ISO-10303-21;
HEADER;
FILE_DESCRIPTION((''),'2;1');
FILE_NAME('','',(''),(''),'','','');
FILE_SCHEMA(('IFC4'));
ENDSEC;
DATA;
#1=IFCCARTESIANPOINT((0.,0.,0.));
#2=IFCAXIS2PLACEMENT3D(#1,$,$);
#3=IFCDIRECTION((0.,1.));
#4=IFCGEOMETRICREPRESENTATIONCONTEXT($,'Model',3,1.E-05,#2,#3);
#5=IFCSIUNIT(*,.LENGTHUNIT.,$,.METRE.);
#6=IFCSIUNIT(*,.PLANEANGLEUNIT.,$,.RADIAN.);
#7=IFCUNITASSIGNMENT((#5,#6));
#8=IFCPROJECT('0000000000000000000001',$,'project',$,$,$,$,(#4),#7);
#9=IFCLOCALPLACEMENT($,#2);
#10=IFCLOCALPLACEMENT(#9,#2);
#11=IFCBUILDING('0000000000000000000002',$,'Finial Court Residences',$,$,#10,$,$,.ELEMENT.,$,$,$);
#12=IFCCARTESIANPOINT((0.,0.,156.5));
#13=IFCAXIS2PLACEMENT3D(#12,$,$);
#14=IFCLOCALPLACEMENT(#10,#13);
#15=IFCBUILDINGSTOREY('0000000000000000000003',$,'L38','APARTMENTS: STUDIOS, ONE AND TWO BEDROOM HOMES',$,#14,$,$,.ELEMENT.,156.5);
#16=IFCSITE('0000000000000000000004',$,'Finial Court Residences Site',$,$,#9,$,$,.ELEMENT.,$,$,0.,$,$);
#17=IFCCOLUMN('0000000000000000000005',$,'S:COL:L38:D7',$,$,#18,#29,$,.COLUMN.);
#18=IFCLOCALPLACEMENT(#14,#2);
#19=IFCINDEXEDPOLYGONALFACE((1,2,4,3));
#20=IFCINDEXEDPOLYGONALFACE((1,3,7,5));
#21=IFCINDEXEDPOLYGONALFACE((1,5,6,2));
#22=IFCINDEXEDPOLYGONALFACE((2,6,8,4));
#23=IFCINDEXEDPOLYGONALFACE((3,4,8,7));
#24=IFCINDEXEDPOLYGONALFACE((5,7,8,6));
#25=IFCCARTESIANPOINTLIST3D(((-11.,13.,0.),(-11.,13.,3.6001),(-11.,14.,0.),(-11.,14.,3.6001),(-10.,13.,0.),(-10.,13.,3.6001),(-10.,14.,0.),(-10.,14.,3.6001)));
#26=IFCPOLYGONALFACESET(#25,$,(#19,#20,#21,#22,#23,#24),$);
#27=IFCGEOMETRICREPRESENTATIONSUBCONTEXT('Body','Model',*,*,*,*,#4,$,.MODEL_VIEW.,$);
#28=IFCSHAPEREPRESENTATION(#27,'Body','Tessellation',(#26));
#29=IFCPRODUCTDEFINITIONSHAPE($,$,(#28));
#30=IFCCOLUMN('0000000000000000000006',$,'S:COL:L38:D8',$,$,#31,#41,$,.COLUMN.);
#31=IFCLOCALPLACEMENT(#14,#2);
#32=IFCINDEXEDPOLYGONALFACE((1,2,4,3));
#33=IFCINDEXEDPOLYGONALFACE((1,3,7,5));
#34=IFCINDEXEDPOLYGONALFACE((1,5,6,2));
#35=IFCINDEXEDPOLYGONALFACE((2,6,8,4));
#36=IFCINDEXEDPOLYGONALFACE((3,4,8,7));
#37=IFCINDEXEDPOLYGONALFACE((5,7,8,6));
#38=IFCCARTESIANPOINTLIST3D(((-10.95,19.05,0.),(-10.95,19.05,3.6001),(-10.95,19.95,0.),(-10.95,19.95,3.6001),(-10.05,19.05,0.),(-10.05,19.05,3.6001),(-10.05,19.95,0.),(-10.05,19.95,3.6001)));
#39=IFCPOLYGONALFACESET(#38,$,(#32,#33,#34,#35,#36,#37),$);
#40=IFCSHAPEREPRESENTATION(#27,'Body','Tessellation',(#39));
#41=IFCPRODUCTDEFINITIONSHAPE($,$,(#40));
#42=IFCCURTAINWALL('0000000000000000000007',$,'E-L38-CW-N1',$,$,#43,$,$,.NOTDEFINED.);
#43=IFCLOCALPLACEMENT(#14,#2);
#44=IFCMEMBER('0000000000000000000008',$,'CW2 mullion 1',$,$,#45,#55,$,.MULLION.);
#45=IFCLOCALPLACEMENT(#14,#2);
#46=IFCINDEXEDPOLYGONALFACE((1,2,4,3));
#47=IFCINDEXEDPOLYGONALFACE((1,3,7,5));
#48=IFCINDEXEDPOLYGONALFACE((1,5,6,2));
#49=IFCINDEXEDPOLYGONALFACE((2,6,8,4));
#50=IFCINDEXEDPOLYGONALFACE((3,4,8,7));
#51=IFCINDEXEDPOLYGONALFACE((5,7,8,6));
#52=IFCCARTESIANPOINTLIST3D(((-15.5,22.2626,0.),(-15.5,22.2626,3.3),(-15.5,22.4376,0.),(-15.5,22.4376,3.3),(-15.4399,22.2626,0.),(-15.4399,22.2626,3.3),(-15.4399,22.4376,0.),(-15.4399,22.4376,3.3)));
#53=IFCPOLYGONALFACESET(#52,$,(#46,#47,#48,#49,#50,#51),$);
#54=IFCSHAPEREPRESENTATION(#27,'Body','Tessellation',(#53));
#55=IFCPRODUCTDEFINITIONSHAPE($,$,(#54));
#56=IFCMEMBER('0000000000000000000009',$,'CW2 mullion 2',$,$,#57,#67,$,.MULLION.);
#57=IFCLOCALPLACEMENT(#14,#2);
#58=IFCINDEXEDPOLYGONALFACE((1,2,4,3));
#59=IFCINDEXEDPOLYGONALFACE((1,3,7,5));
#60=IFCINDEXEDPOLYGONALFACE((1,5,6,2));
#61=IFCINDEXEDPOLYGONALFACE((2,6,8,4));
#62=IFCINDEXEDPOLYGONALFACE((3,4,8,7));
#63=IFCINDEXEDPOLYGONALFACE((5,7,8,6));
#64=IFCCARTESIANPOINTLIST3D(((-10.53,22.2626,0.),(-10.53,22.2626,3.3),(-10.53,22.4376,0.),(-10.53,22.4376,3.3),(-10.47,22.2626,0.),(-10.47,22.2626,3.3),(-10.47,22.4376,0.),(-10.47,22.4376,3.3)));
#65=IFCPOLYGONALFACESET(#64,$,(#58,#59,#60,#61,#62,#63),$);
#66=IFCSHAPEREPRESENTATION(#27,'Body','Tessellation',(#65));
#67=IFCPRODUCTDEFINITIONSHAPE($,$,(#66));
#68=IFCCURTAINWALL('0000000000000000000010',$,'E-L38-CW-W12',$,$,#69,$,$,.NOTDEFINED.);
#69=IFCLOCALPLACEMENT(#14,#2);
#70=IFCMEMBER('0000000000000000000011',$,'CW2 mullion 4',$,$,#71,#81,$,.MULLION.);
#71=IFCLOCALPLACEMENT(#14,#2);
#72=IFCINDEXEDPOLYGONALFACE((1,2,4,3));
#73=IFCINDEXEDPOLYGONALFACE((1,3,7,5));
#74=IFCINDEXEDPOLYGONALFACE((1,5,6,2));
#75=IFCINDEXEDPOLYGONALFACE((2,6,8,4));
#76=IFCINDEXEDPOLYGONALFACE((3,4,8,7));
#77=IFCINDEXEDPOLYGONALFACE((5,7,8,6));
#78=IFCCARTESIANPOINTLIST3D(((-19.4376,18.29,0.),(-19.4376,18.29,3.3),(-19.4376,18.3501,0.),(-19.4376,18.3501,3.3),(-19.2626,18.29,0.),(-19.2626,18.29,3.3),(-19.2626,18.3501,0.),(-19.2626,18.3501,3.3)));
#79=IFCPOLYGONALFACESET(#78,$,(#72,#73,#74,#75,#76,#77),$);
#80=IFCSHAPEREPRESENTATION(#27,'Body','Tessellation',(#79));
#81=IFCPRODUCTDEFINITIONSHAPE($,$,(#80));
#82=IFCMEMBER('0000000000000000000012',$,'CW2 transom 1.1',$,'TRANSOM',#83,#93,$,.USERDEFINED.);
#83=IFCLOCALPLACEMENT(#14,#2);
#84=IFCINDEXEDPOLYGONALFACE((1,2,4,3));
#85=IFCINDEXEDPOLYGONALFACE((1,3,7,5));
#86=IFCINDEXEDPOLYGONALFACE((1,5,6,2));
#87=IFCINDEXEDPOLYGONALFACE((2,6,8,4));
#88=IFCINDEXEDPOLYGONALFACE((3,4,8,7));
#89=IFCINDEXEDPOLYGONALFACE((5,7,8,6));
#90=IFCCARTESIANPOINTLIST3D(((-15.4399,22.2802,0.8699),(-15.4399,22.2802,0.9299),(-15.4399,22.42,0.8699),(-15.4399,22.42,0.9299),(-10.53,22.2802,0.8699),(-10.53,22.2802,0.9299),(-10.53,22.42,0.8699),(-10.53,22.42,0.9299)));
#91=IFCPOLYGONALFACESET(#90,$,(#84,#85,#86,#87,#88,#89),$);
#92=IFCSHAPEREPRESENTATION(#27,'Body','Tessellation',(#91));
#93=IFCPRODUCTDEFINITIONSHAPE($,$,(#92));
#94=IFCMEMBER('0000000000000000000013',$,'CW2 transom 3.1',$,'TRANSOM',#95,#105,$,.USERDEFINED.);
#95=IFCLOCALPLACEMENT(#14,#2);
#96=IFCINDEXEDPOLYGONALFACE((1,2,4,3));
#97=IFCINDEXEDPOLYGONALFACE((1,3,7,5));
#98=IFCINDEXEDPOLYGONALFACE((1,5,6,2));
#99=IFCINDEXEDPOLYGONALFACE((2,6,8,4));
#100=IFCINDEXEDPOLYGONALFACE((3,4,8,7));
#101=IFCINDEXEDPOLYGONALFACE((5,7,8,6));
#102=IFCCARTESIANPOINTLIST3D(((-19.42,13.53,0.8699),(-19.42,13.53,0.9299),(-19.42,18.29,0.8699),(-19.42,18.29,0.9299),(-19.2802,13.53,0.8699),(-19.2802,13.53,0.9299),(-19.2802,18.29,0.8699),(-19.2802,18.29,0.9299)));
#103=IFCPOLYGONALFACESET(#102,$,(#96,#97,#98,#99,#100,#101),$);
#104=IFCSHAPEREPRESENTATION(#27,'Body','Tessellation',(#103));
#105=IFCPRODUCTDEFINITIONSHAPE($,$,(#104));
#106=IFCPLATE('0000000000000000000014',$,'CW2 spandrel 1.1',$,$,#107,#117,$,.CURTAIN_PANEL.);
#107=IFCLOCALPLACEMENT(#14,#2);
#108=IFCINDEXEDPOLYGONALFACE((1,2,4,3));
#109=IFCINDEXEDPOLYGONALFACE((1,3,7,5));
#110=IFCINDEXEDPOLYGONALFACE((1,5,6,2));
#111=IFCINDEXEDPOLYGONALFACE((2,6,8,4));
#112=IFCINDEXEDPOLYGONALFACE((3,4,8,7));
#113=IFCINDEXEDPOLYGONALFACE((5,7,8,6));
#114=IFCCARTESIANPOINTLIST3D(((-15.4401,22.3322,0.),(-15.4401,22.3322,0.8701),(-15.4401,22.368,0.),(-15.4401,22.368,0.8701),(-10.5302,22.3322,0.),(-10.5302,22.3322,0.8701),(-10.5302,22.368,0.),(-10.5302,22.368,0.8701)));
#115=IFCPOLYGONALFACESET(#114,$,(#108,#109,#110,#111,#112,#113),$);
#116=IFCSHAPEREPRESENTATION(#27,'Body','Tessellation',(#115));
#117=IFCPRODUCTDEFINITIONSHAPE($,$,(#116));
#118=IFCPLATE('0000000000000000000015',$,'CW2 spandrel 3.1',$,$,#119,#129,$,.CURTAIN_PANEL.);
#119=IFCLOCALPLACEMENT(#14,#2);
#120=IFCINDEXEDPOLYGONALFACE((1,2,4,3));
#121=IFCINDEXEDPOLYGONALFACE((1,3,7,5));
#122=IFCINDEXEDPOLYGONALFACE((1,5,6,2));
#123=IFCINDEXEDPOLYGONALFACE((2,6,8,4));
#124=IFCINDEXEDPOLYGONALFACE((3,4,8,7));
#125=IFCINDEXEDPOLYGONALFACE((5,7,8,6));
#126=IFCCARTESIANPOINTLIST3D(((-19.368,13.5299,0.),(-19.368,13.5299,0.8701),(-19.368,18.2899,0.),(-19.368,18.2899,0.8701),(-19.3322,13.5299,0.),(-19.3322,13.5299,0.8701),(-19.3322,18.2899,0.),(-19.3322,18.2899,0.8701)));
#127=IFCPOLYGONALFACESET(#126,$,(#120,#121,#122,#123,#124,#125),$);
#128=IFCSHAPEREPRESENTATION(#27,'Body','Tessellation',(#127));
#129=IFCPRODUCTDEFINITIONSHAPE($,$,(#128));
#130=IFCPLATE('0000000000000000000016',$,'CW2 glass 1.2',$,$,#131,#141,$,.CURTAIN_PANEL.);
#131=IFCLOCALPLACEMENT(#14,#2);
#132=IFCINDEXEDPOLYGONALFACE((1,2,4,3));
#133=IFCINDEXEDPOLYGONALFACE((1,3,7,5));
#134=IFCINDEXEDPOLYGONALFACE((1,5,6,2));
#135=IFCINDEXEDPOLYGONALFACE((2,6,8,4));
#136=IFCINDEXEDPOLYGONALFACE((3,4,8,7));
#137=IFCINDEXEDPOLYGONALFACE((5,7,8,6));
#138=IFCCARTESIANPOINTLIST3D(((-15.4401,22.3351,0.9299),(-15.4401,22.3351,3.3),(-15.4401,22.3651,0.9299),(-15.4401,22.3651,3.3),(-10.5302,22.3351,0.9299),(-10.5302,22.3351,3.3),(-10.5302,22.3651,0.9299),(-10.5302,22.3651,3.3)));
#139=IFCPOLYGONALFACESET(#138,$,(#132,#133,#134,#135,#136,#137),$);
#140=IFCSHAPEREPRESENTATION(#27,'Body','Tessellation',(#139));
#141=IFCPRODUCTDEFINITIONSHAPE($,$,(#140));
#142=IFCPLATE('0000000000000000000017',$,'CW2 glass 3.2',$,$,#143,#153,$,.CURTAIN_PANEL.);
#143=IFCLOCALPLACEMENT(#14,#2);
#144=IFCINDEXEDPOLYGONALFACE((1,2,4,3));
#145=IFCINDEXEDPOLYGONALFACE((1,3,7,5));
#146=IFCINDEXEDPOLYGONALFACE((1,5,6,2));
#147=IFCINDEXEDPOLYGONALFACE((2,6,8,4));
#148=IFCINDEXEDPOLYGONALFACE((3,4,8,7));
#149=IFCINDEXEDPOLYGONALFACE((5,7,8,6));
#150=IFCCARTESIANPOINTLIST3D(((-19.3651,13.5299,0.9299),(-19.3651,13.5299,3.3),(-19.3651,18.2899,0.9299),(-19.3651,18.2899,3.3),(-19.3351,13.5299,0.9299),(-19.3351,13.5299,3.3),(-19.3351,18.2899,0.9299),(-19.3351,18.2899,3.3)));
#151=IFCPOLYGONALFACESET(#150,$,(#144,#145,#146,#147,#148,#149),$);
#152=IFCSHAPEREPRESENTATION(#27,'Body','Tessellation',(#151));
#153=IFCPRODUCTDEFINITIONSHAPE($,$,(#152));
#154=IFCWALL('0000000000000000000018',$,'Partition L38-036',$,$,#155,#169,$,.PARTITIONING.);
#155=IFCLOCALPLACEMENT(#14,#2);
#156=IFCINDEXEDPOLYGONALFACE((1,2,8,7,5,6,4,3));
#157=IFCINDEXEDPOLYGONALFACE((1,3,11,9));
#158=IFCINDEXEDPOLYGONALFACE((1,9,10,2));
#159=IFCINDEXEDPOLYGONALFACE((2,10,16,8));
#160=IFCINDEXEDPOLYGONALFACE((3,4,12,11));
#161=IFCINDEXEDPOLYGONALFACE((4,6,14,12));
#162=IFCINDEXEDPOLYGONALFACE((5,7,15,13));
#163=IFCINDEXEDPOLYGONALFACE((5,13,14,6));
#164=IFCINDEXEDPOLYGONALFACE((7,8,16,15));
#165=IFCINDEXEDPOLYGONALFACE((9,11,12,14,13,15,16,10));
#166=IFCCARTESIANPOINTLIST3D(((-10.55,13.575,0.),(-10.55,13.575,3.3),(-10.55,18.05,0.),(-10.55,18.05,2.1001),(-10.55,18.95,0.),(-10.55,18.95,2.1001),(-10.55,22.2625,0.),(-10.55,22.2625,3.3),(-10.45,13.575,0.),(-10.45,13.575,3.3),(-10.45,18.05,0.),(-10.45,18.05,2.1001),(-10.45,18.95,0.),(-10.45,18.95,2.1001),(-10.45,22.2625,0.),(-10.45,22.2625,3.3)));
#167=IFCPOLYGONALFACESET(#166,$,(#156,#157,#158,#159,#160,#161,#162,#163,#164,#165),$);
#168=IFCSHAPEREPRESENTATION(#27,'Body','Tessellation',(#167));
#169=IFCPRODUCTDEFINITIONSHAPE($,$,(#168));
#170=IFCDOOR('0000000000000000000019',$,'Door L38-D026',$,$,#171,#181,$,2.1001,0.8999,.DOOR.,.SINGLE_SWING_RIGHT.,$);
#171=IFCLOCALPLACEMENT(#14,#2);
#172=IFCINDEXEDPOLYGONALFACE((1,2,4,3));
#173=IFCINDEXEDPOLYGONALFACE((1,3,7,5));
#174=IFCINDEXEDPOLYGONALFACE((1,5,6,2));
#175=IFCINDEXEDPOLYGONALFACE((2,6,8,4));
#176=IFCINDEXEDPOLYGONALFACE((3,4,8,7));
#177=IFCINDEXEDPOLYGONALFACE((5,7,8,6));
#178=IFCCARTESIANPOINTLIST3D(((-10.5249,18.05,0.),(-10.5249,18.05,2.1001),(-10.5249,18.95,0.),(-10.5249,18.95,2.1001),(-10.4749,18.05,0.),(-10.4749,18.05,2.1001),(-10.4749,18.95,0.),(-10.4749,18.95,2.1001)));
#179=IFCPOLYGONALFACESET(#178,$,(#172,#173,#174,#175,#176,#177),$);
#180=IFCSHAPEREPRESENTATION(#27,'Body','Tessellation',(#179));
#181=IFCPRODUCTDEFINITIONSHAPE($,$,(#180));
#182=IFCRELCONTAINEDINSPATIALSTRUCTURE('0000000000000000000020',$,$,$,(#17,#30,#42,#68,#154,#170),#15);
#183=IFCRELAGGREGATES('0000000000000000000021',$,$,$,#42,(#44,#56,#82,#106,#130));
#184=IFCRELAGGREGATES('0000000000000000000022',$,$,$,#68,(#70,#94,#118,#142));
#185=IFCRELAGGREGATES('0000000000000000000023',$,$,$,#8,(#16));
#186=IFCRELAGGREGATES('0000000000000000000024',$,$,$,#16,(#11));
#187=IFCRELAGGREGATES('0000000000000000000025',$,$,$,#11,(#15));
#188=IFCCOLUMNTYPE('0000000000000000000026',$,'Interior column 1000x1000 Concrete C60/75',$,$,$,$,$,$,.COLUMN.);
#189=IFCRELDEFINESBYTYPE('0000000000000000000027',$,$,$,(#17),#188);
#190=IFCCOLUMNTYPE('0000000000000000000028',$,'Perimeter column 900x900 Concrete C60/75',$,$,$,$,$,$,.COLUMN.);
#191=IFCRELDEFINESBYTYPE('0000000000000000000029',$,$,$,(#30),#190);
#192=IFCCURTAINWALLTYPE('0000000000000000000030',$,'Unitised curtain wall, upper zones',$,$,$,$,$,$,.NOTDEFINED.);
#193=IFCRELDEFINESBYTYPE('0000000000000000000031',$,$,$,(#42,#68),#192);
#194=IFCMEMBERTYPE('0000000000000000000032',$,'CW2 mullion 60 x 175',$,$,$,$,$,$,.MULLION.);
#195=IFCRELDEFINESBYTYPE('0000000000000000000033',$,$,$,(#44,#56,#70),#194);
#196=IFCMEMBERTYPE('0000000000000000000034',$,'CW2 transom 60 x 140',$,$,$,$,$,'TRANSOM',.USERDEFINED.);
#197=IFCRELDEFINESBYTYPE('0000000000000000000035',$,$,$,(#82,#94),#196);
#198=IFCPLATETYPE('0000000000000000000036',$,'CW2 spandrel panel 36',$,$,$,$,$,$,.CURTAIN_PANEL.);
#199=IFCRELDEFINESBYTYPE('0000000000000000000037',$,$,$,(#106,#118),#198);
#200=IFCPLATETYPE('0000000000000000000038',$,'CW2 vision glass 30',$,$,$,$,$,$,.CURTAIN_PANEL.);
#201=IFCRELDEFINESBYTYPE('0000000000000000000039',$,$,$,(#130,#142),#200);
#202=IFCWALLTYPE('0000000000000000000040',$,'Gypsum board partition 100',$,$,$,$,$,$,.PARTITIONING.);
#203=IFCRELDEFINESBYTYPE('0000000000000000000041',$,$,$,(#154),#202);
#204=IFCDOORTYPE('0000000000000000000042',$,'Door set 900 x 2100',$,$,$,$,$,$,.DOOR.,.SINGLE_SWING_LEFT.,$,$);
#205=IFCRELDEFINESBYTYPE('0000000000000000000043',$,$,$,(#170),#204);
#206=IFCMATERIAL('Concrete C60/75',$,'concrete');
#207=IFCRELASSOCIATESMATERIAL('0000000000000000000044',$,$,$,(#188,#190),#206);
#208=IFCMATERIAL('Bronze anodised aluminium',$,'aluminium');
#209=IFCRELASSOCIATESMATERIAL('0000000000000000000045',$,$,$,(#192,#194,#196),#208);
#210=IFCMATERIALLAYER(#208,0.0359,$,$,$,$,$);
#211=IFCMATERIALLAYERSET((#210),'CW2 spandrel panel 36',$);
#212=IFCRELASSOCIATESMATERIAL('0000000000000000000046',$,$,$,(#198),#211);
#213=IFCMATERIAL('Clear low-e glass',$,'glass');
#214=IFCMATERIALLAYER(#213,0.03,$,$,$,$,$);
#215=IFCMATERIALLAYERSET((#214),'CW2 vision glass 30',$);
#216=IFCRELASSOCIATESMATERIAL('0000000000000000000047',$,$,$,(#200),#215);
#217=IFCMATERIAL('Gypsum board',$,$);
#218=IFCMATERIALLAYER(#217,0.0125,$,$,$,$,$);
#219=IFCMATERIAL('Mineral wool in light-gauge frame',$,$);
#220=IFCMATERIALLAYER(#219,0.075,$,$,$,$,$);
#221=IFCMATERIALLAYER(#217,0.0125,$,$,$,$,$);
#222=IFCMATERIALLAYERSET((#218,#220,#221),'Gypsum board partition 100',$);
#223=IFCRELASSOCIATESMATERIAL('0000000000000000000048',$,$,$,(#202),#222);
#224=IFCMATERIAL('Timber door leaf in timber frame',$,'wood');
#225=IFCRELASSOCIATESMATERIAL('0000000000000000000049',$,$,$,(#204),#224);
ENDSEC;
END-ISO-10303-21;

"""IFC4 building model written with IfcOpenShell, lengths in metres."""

from ifc_helpers import new_model, si_unit, direction, frame, frame_2d, origin, origin_2d, place, context, subcontext, project, spatial, rectangle, extrude, material, layer, layer_set, material_profile, profile_set, type_object, element, fill, aggregate, save


model = new_model("IFC4")

# Units and contexts
model_context = context("Model", 3, precision=1e-05, world=origin(), true_north=direction((0.0, 1.0)))
body_context = subcontext(model_context, "Body", "Model", "MODEL_VIEW")
ifc_project = project(units=[si_unit("LENGTHUNIT", "METRE"), si_unit("PLANEANGLEUNIT", "RADIAN")], contexts=[model_context])

# Site, building, storey
site_placement = place(None, origin())
site = spatial("IfcSite", under=ifc_project, at=site_placement, Name="Finial Court Residences Site", CompositionType="ELEMENT", RefElevation=0.0)
building_placement = place(site_placement, origin())
building = spatial("IfcBuilding", under=site, at=building_placement, Name="Finial Court Residences", CompositionType="ELEMENT")
storey_placement = place(building_placement, frame((0.0, 0.0, 156.5)))
storey = spatial("IfcBuildingStorey", under=building, at=storey_placement, Name="L38", Description="APARTMENTS: STUDIOS, ONE AND TWO BEDROOM HOMES", CompositionType="ELEMENT", Elevation=156.5)

# Columns
ifc_material_1 = material(Name="Concrete C60/75", Category="concrete")
ifc_material_profile_1 = material_profile(ifc_material_1, rectangle(XDim=1.0, YDim=1.0, at=origin_2d()), Name="1000x1000")
ifc_profile_set_1 = profile_set([ifc_material_profile_1], Name="Concrete C60/75")
column_type_1 = type_object("IfcColumnType", Name="Interior column 1000x1000 Concrete C60/75", PredefinedType="COLUMN", material=ifc_profile_set_1)
column_1_placement = place(storey_placement, frame((-10.5, 13.5, 0.0), z_axis=(0.0, 0.0, 1.0), x_axis=(1.0, 0.0, 0.0)))
element("IfcColumn", 1, at=column_1_placement, inside=storey, type_object=column_type_1, Name="S:COL:L38:D7", PredefinedType="COLUMN", context=body_context, shape_type="SweptSolid", body=[
    extrude(rectangle(XDim=1.0, YDim=1.0, at=origin_2d()), origin(), (0.0, 0.0, 1.0), 3.6001),
])
ifc_material_profile_2 = material_profile(ifc_material_1, rectangle(XDim=0.8999, YDim=0.8999, at=origin_2d()), Name="900x900")
ifc_profile_set_2 = profile_set([ifc_material_profile_2], Name="Concrete C60/75")
column_type_2 = type_object("IfcColumnType", Name="Perimeter column 900x900 Concrete C60/75", PredefinedType="COLUMN", material=ifc_profile_set_2)
column_2_placement = place(storey_placement, frame((-10.5, 19.5, 0.0), z_axis=(0.0, 0.0, 1.0), x_axis=(1.0, 0.0, 0.0)))
element("IfcColumn", 2, at=column_2_placement, inside=storey, type_object=column_type_2, Name="S:COL:L38:D8", PredefinedType="COLUMN", context=body_context, shape_type="SweptSolid", body=[
    extrude(rectangle(XDim=0.8999, YDim=0.8999, at=origin_2d()), origin(), (0.0, 0.0, 1.0), 3.6001),
])

# Curtain wall, members
ifc_material_2 = material(Name="Bronze anodised aluminium", Category="aluminium")
curtain_wall_type = type_object("IfcCurtainWallType", Name="Unitised curtain wall, upper zones", PredefinedType="NOTDEFINED", material=ifc_material_2)
curtain_wall_1_placement = place(storey_placement, origin())
curtain_wall_1 = element("IfcCurtainWall", 3, at=curtain_wall_1_placement, inside=storey, type_object=curtain_wall_type, Name="E-L38-CW-N1", PredefinedType="NOTDEFINED")
ifc_material_profile_3 = material_profile(ifc_material_2, rectangle(XDim=0.175, YDim=0.0601, at=origin_2d()), Name="CW2 mullion 60 x 175")
ifc_profile_set_3 = profile_set([ifc_material_profile_3], Name="Bronze anodised aluminium")
member_type_1 = type_object("IfcMemberType", Name="CW2 mullion 60 x 175", PredefinedType="MULLION", material=ifc_profile_set_3)
member_1_placement = place(storey_placement, frame((-15.47, 22.3501, 0.0), z_axis=(0.0, 0.0, 1.0), x_axis=(0.0, 1.0, 0.0)))
member_1 = element("IfcMember", 4, at=member_1_placement, type_object=member_type_1, Name="CW2 mullion 1", PredefinedType="MULLION", context=body_context, shape_type="SweptSolid", body=[
    extrude(rectangle(XDim=0.175, YDim=0.0601, at=origin_2d()), origin(), (0.0, 0.0, 1.0), 3.3),
])
member_2_placement = place(storey_placement, frame((-10.5, 22.3501, 0.0), z_axis=(0.0, 0.0, 1.0), x_axis=(0.0, 1.0, 0.0)))
member_2 = element("IfcMember", 5, at=member_2_placement, type_object=member_type_1, Name="CW2 mullion 2", PredefinedType="MULLION", context=body_context, shape_type="SweptSolid", body=[
    extrude(rectangle(XDim=0.175, YDim=0.0601, at=origin_2d()), origin(), (0.0, 0.0, 1.0), 3.3),
])

# Curtain wall, member
curtain_wall_2_placement = place(storey_placement, origin())
curtain_wall_2 = element("IfcCurtainWall", 6, at=curtain_wall_2_placement, inside=storey, type_object=curtain_wall_type, Name="E-L38-CW-W12", PredefinedType="NOTDEFINED")
member_3_placement = place(storey_placement, frame((-19.3501, 18.3201, 0.0), z_axis=(0.0, 0.0, 1.0), x_axis=(-1.0, 0.0, 0.0)))
member_3 = element("IfcMember", 7, at=member_3_placement, type_object=member_type_1, Name="CW2 mullion 4", PredefinedType="MULLION", context=body_context, shape_type="SweptSolid", body=[
    extrude(rectangle(XDim=0.175, YDim=0.0601, at=origin_2d()), origin(), (0.0, 0.0, 1.0), 3.3),
])

# Members
ifc_material_profile_4 = material_profile(ifc_material_2, rectangle(XDim=0.1399, YDim=0.0601, at=origin_2d()), Name="CW2 transom 60 x 140")
ifc_profile_set_4 = profile_set([ifc_material_profile_4], Name="Bronze anodised aluminium")
member_type_2 = type_object("IfcMemberType", Name="CW2 transom 60 x 140", ElementType="TRANSOM", PredefinedType="USERDEFINED", material=ifc_profile_set_4)
member_4_placement = place(storey_placement, frame((-15.4399, 22.3501, 0.8999), z_axis=(1.0, 0.0, 0.0), x_axis=(0.0, 1.0, 0.0)))
member_4 = element("IfcMember", 8, at=member_4_placement, type_object=member_type_2, Name="CW2 transom 1.1", ObjectType="TRANSOM", PredefinedType="USERDEFINED", context=body_context, shape_type="SweptSolid", body=[
    extrude(rectangle(XDim=0.1399, YDim=0.0601, at=origin_2d()), origin(), (0.0, 0.0, 1.0), 4.9099),
])
member_5_placement = place(storey_placement, frame((-19.3501, 13.53, 0.8999), z_axis=(0.0, 1.0, 0.0), x_axis=(-1.0, 0.0, 0.0)))
member_5 = element("IfcMember", 9, at=member_5_placement, type_object=member_type_2, Name="CW2 transom 3.1", ObjectType="TRANSOM", PredefinedType="USERDEFINED", context=body_context, shape_type="SweptSolid", body=[
    extrude(rectangle(XDim=0.1399, YDim=0.0601, at=origin_2d()), origin(), (0.0, 0.0, 1.0), 4.76),
])

# Plates
ifc_layer_1 = layer(ifc_material_2, 0.0359)
ifc_layer_set_1 = layer_set([ifc_layer_1], Name="CW2 spandrel panel 36")
plate_type_1 = type_object("IfcPlateType", Name="CW2 spandrel panel 36", PredefinedType="CURTAIN_PANEL", material=ifc_layer_set_1)
plate_1_placement = place(storey_placement, frame((-12.9851, 22.3501, 0.0), z_axis=(0.0, 0.0, 1.0), x_axis=(1.0, 0.0, 0.0)))
plate_1 = element("IfcPlate", 10, at=plate_1_placement, type_object=plate_type_1, Name="CW2 spandrel 1.1", PredefinedType="CURTAIN_PANEL", context=body_context, shape_type="SweptSolid", body=[
    extrude(rectangle(XDim=4.9099, YDim=0.0359, at=origin_2d()), origin(), (0.0, 0.0, 1.0), 0.8701),
])
plate_2_placement = place(storey_placement, frame((-19.3501, 15.9099, 0.0), z_axis=(0.0, 0.0, 1.0), x_axis=(0.0, 1.0, 0.0)))
plate_2 = element("IfcPlate", 11, at=plate_2_placement, type_object=plate_type_1, Name="CW2 spandrel 3.1", PredefinedType="CURTAIN_PANEL", context=body_context, shape_type="SweptSolid", body=[
    extrude(rectangle(XDim=4.76, YDim=0.0359, at=origin_2d()), origin(), (0.0, 0.0, 1.0), 0.8701),
])
ifc_material_3 = material(Name="Clear low-e glass", Category="glass")
ifc_layer_2 = layer(ifc_material_3, 0.03)
ifc_layer_set_2 = layer_set([ifc_layer_2], Name="CW2 vision glass 30")
plate_type_2 = type_object("IfcPlateType", Name="CW2 vision glass 30", PredefinedType="CURTAIN_PANEL", material=ifc_layer_set_2)
plate_3_placement = place(storey_placement, frame((-12.9851, 22.3501, 0.9299), z_axis=(0.0, 0.0, 1.0), x_axis=(1.0, 0.0, 0.0)))
plate_3 = element("IfcPlate", 12, at=plate_3_placement, type_object=plate_type_2, Name="CW2 glass 1.2", PredefinedType="CURTAIN_PANEL", context=body_context, shape_type="SweptSolid", body=[
    extrude(rectangle(XDim=4.9099, YDim=0.03, at=origin_2d()), origin(), (0.0, 0.0, 1.0), 2.3701),
])
aggregate(curtain_wall_1, [member_1, member_2, member_4, plate_1, plate_3])
plate_4_placement = place(storey_placement, frame((-19.3501, 15.9099, 0.9299), z_axis=(0.0, 0.0, 1.0), x_axis=(0.0, 1.0, 0.0)))
plate_4 = element("IfcPlate", 13, at=plate_4_placement, type_object=plate_type_2, Name="CW2 glass 3.2", PredefinedType="CURTAIN_PANEL", context=body_context, shape_type="SweptSolid", body=[
    extrude(rectangle(XDim=4.76, YDim=0.03, at=origin_2d()), origin(), (0.0, 0.0, 1.0), 2.3701),
])
aggregate(curtain_wall_2, [member_3, member_5, plate_2, plate_4])

# Wall, opening, door
ifc_material_4 = material(Name="Gypsum board")
ifc_layer_3 = layer(ifc_material_4, 0.0125)
ifc_material_5 = material(Name="Mineral wool in light-gauge frame")
ifc_layer_4 = layer(ifc_material_5, 0.075)
ifc_layer_5 = layer(ifc_material_4, 0.0125)
ifc_layer_set_3 = layer_set([ifc_layer_3, ifc_layer_4, ifc_layer_5], Name="Gypsum board partition 100")
wall_type_1 = type_object("IfcWallType", Name="Gypsum board partition 100", PredefinedType="PARTITIONING", material=ifc_layer_set_3)
wall_1_placement = place(storey_placement, frame((-10.5, 13.575, 0.0), z_axis=(0.0, 0.0, 1.0), x_axis=(0.0, 1.0, 0.0)))
wall_1 = element("IfcWall", 14, at=wall_1_placement, inside=storey, type_object=wall_type_1, Name="Partition L38-036", PredefinedType="PARTITIONING", context=body_context, shape_type="SweptSolid", body=[
    extrude(rectangle(XDim=8.6875, YDim=0.1001, at=frame_2d((4.3438, 0.0))), origin(), (0.0, 0.0, 1.0), 3.3),
])
opening_1_placement = place(wall_1_placement, frame((4.4751, 0.0, 0.0)))
opening_1 = element("IfcOpeningElement", 15, at=opening_1_placement, cuts=wall_1, PredefinedType="OPENING", context=body_context, shape_type="SweptSolid", body=[
    extrude(rectangle(XDim=0.8999, YDim=2.1001, at=frame_2d((0.45, 1.05))), frame((0.0, 0.0601, 0.0), z_axis=(0.0, -1.0, 0.0), x_axis=(1.0, 0.0, 0.0)), (0.0, 0.0, 1.0), 0.1201),
])
ifc_material_6 = material(Name="Timber door leaf in timber frame", Category="wood")
door_type = type_object("IfcDoorType", Name="Door set 900 x 2100", OperationType="SINGLE_SWING_LEFT", PredefinedType="DOOR", material=ifc_material_6)
door_placement = place(opening_1_placement, origin())
door = element("IfcDoor", 16, at=door_placement, inside=storey, type_object=door_type, Name="Door L38-D026", OperationType="SINGLE_SWING_RIGHT", OverallHeight=2.1001, OverallWidth=0.8999, PredefinedType="DOOR", context=body_context, shape_type="SweptSolid", body=[
    extrude(rectangle(XDim=0.8999, YDim=2.1001, at=frame_2d((0.45, 1.05))), frame((0.0, 0.0249, 0.0), z_axis=(0.0, -1.0, 0.0), x_axis=(1.0, 0.0, 0.0)), (0.0, 0.0, 1.0), 0.05),
])
fill(opening_1, door)

save(model, "model.ifc")
